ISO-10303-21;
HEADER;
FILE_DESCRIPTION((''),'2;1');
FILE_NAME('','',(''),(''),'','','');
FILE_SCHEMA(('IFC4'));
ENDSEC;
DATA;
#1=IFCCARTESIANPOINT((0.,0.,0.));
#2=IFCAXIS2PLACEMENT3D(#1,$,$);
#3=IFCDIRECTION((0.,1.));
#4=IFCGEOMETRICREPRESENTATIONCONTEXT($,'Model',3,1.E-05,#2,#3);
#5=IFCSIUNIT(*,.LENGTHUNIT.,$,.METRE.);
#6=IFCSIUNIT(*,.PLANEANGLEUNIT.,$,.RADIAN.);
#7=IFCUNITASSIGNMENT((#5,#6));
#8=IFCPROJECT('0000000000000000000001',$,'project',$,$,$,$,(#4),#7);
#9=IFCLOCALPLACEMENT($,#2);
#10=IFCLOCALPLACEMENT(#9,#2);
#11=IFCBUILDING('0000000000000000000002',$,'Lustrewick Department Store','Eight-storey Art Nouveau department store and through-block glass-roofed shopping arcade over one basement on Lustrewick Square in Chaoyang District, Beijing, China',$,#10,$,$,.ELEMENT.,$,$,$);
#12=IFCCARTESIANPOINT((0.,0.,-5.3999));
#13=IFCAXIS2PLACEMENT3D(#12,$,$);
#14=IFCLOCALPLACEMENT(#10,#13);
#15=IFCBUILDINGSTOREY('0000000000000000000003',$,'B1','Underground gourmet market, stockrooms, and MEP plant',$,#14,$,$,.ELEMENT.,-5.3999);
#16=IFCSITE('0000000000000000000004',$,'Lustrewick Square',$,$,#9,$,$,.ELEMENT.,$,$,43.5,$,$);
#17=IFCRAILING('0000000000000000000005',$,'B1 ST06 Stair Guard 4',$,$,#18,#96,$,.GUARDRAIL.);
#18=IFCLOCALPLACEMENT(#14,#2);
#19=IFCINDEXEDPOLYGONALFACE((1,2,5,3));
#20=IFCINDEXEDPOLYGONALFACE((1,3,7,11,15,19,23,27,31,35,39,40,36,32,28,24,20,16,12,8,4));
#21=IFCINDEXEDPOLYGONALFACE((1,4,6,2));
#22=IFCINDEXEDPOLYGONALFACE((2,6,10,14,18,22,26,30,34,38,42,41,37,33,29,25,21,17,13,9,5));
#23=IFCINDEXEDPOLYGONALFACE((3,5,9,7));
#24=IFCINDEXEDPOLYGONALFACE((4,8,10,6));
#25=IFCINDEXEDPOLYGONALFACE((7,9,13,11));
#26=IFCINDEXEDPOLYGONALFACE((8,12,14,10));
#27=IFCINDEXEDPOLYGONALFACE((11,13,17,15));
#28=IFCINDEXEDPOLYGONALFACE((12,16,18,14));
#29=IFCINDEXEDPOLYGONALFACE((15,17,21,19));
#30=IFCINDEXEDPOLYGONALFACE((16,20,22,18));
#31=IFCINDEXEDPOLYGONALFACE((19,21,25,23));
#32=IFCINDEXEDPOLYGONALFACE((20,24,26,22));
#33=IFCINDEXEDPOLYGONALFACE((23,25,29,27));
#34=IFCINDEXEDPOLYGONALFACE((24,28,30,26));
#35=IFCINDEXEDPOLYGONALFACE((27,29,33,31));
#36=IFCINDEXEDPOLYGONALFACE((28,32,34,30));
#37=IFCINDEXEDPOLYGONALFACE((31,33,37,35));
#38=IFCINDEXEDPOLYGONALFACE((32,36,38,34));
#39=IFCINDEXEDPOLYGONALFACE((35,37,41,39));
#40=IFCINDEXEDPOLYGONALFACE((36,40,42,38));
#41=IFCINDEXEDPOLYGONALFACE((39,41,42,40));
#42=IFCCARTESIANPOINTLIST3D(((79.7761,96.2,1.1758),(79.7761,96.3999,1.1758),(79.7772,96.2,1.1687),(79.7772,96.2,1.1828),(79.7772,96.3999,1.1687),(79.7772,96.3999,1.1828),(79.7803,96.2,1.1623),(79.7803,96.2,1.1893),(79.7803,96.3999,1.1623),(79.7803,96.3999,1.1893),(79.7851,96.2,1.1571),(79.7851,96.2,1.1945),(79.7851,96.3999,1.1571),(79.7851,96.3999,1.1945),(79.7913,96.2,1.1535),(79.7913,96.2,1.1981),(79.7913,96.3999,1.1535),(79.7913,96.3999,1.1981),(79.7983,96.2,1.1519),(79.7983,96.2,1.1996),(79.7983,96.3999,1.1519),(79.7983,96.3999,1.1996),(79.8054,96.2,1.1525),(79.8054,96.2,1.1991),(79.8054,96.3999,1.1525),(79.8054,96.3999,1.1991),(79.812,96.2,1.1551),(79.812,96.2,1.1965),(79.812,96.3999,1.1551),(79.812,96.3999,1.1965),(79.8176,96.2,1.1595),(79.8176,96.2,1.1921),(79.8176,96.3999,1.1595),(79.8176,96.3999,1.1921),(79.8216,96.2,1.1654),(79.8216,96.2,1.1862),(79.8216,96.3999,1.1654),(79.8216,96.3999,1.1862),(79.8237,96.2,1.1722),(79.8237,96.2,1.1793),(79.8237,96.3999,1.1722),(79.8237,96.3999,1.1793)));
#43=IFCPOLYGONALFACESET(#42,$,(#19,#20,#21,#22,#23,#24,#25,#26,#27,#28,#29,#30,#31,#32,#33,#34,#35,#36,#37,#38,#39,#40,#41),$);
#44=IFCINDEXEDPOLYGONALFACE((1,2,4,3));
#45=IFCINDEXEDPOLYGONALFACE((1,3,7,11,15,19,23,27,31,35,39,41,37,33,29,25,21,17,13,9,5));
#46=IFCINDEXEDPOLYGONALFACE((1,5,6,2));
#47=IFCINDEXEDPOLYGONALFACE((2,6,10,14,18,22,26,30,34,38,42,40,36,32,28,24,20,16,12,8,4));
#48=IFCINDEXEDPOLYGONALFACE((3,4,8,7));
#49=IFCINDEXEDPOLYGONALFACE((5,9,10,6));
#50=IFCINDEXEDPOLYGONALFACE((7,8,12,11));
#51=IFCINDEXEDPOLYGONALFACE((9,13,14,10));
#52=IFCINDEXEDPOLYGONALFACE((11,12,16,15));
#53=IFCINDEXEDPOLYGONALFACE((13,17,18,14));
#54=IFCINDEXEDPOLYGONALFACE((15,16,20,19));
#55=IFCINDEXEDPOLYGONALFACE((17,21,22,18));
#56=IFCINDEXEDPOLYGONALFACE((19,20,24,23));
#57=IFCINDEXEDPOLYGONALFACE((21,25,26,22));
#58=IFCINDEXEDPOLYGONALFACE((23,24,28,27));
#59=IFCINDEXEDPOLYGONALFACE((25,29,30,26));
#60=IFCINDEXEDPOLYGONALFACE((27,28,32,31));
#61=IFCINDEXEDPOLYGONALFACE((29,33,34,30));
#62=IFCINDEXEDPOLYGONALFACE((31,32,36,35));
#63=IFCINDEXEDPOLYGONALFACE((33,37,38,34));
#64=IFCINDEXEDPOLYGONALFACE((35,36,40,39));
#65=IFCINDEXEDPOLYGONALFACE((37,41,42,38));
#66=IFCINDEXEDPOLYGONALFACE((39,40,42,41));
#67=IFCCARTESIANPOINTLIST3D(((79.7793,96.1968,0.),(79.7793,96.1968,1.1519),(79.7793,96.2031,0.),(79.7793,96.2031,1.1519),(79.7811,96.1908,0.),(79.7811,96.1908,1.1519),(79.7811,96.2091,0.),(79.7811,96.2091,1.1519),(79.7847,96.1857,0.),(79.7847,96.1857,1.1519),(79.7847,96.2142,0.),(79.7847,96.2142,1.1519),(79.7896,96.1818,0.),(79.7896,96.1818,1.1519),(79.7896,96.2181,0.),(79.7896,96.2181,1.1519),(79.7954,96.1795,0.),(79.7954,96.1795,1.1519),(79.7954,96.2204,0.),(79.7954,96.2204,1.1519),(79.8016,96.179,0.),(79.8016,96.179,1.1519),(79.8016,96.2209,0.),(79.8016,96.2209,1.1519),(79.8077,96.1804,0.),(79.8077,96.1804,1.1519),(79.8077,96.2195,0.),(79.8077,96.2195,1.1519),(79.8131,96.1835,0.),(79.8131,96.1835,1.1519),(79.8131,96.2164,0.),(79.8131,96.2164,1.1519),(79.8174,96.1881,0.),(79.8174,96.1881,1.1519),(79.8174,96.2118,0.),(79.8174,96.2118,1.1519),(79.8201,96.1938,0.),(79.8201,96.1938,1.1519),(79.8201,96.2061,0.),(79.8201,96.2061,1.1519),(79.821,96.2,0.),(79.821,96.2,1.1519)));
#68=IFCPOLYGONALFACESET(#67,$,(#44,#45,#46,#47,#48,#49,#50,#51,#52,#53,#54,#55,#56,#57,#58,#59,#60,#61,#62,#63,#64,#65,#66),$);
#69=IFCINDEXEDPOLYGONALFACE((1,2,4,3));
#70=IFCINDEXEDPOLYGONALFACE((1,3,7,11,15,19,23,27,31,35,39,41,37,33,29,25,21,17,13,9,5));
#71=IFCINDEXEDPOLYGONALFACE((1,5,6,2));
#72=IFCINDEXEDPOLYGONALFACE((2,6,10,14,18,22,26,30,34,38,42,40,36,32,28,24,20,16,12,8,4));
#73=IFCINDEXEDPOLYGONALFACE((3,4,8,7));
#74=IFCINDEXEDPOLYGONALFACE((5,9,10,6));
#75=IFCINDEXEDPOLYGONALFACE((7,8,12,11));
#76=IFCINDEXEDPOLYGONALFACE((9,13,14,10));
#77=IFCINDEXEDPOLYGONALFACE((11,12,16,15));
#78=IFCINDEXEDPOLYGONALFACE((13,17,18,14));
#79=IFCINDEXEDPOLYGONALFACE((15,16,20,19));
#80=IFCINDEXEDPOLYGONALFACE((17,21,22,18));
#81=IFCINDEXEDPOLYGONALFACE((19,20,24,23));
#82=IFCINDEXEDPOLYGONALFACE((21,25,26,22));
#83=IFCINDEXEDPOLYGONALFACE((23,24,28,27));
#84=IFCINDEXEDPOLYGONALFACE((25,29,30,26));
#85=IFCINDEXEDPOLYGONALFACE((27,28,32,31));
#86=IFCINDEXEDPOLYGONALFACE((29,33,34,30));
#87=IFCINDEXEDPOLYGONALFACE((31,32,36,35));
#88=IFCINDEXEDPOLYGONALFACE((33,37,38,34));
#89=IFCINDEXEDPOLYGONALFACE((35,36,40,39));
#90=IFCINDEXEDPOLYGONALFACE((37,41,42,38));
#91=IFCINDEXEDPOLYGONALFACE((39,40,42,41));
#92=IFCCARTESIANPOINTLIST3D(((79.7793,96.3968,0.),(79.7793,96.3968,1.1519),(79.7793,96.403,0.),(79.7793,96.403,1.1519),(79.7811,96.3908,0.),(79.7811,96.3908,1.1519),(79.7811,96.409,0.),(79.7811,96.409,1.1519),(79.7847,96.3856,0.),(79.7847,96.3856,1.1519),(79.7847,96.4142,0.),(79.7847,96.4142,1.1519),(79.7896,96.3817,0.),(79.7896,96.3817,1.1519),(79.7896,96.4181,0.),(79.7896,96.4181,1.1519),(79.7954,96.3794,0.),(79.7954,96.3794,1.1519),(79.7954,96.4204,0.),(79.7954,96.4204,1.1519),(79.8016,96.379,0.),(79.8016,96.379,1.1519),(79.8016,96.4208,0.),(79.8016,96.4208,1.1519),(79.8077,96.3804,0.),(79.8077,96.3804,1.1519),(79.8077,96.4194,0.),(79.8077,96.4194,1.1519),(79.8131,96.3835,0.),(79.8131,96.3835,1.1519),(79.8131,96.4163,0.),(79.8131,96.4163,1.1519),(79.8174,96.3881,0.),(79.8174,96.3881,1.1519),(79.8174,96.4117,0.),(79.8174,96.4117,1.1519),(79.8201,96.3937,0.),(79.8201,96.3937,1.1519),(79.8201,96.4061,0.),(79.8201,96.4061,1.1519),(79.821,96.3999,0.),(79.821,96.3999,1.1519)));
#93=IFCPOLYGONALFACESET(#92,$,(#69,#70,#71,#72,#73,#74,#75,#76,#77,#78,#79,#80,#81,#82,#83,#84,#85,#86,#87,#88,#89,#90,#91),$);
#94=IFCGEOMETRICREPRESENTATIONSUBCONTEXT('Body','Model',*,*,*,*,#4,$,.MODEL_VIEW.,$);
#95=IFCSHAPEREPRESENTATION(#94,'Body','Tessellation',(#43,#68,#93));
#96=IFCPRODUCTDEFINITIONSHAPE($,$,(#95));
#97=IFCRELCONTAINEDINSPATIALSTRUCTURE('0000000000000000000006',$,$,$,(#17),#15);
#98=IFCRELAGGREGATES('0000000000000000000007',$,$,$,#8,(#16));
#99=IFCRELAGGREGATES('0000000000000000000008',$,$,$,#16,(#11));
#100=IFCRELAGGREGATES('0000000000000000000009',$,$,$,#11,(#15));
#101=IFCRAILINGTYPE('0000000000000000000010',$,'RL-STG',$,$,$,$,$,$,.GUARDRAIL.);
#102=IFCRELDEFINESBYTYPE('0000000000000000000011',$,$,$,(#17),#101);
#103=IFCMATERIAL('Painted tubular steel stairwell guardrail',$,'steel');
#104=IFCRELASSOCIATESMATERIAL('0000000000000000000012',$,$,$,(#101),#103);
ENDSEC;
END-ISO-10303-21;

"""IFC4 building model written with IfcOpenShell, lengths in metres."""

from ifc_helpers import new_model, si_unit, direction, frame, origin, origin_2d, place, context, subcontext, project, spatial, circle, extrude, material, type_object, element, save


model = new_model("IFC4")

# Units and contexts
model_context = context("Model", 3, precision=1e-05, world=origin(), true_north=direction((0.0, 1.0)))
body_context = subcontext(model_context, "Body", "Model", "MODEL_VIEW")
ifc_project = project(units=[si_unit("LENGTHUNIT", "METRE"), si_unit("PLANEANGLEUNIT", "RADIAN")], contexts=[model_context])

# Site, building, storey
site_placement = place(None, origin())
site = spatial("IfcSite", under=ifc_project, at=site_placement, Name="Lustrewick Square", CompositionType="ELEMENT", RefElevation=43.5)
building_placement = place(site_placement, origin())
building = spatial("IfcBuilding", under=site, at=building_placement, Name="Lustrewick Department Store", Description="Eight-storey Art Nouveau department store and through-block glass-roofed shopping arcade over one basement on Lustrewick Square in Chaoyang District, Beijing, China", CompositionType="ELEMENT")
storey_placement = place(building_placement, frame((0.0, 0.0, -5.3999)))
storey = spatial("IfcBuildingStorey", under=building, at=storey_placement, Name="B1", Description="Underground gourmet market, stockrooms, and MEP plant", CompositionType="ELEMENT", Elevation=-5.3999)

# Railing
ifc_material_1 = material(Name="Painted tubular steel stairwell guardrail", Category="steel")
railing_type_1 = type_object("IfcRailingType", Name="RL-STG", PredefinedType="GUARDRAIL", material=ifc_material_1)
railing_1_placement = place(storey_placement, frame((79.8, 96.2, 0.0)))
element("IfcRailing", 1, at=railing_1_placement, inside=storey, type_object=railing_type_1, Name="B1 ST06 Stair Guard 4", PredefinedType="GUARDRAIL", context=body_context, shape_type="SweptSolid", body=[
    extrude(circle(Radius=0.0239, at=origin_2d()), frame((0.0, 0.0, 1.1758), z_axis=(0.0, 1.0, 0.0), x_axis=(-1.0, 0.0, 0.0)), (0.0, 0.0, 1.0), 0.2),
    extrude(circle(Radius=0.021, at=origin_2d()), origin(), (0.0, 0.0, 1.0), 1.1519),
    extrude(circle(Radius=0.021, at=origin_2d()), frame((0.0, 0.2, 0.0)), (0.0, 0.0, 1.0), 1.1519),
])

save(model, "model.ifc")
